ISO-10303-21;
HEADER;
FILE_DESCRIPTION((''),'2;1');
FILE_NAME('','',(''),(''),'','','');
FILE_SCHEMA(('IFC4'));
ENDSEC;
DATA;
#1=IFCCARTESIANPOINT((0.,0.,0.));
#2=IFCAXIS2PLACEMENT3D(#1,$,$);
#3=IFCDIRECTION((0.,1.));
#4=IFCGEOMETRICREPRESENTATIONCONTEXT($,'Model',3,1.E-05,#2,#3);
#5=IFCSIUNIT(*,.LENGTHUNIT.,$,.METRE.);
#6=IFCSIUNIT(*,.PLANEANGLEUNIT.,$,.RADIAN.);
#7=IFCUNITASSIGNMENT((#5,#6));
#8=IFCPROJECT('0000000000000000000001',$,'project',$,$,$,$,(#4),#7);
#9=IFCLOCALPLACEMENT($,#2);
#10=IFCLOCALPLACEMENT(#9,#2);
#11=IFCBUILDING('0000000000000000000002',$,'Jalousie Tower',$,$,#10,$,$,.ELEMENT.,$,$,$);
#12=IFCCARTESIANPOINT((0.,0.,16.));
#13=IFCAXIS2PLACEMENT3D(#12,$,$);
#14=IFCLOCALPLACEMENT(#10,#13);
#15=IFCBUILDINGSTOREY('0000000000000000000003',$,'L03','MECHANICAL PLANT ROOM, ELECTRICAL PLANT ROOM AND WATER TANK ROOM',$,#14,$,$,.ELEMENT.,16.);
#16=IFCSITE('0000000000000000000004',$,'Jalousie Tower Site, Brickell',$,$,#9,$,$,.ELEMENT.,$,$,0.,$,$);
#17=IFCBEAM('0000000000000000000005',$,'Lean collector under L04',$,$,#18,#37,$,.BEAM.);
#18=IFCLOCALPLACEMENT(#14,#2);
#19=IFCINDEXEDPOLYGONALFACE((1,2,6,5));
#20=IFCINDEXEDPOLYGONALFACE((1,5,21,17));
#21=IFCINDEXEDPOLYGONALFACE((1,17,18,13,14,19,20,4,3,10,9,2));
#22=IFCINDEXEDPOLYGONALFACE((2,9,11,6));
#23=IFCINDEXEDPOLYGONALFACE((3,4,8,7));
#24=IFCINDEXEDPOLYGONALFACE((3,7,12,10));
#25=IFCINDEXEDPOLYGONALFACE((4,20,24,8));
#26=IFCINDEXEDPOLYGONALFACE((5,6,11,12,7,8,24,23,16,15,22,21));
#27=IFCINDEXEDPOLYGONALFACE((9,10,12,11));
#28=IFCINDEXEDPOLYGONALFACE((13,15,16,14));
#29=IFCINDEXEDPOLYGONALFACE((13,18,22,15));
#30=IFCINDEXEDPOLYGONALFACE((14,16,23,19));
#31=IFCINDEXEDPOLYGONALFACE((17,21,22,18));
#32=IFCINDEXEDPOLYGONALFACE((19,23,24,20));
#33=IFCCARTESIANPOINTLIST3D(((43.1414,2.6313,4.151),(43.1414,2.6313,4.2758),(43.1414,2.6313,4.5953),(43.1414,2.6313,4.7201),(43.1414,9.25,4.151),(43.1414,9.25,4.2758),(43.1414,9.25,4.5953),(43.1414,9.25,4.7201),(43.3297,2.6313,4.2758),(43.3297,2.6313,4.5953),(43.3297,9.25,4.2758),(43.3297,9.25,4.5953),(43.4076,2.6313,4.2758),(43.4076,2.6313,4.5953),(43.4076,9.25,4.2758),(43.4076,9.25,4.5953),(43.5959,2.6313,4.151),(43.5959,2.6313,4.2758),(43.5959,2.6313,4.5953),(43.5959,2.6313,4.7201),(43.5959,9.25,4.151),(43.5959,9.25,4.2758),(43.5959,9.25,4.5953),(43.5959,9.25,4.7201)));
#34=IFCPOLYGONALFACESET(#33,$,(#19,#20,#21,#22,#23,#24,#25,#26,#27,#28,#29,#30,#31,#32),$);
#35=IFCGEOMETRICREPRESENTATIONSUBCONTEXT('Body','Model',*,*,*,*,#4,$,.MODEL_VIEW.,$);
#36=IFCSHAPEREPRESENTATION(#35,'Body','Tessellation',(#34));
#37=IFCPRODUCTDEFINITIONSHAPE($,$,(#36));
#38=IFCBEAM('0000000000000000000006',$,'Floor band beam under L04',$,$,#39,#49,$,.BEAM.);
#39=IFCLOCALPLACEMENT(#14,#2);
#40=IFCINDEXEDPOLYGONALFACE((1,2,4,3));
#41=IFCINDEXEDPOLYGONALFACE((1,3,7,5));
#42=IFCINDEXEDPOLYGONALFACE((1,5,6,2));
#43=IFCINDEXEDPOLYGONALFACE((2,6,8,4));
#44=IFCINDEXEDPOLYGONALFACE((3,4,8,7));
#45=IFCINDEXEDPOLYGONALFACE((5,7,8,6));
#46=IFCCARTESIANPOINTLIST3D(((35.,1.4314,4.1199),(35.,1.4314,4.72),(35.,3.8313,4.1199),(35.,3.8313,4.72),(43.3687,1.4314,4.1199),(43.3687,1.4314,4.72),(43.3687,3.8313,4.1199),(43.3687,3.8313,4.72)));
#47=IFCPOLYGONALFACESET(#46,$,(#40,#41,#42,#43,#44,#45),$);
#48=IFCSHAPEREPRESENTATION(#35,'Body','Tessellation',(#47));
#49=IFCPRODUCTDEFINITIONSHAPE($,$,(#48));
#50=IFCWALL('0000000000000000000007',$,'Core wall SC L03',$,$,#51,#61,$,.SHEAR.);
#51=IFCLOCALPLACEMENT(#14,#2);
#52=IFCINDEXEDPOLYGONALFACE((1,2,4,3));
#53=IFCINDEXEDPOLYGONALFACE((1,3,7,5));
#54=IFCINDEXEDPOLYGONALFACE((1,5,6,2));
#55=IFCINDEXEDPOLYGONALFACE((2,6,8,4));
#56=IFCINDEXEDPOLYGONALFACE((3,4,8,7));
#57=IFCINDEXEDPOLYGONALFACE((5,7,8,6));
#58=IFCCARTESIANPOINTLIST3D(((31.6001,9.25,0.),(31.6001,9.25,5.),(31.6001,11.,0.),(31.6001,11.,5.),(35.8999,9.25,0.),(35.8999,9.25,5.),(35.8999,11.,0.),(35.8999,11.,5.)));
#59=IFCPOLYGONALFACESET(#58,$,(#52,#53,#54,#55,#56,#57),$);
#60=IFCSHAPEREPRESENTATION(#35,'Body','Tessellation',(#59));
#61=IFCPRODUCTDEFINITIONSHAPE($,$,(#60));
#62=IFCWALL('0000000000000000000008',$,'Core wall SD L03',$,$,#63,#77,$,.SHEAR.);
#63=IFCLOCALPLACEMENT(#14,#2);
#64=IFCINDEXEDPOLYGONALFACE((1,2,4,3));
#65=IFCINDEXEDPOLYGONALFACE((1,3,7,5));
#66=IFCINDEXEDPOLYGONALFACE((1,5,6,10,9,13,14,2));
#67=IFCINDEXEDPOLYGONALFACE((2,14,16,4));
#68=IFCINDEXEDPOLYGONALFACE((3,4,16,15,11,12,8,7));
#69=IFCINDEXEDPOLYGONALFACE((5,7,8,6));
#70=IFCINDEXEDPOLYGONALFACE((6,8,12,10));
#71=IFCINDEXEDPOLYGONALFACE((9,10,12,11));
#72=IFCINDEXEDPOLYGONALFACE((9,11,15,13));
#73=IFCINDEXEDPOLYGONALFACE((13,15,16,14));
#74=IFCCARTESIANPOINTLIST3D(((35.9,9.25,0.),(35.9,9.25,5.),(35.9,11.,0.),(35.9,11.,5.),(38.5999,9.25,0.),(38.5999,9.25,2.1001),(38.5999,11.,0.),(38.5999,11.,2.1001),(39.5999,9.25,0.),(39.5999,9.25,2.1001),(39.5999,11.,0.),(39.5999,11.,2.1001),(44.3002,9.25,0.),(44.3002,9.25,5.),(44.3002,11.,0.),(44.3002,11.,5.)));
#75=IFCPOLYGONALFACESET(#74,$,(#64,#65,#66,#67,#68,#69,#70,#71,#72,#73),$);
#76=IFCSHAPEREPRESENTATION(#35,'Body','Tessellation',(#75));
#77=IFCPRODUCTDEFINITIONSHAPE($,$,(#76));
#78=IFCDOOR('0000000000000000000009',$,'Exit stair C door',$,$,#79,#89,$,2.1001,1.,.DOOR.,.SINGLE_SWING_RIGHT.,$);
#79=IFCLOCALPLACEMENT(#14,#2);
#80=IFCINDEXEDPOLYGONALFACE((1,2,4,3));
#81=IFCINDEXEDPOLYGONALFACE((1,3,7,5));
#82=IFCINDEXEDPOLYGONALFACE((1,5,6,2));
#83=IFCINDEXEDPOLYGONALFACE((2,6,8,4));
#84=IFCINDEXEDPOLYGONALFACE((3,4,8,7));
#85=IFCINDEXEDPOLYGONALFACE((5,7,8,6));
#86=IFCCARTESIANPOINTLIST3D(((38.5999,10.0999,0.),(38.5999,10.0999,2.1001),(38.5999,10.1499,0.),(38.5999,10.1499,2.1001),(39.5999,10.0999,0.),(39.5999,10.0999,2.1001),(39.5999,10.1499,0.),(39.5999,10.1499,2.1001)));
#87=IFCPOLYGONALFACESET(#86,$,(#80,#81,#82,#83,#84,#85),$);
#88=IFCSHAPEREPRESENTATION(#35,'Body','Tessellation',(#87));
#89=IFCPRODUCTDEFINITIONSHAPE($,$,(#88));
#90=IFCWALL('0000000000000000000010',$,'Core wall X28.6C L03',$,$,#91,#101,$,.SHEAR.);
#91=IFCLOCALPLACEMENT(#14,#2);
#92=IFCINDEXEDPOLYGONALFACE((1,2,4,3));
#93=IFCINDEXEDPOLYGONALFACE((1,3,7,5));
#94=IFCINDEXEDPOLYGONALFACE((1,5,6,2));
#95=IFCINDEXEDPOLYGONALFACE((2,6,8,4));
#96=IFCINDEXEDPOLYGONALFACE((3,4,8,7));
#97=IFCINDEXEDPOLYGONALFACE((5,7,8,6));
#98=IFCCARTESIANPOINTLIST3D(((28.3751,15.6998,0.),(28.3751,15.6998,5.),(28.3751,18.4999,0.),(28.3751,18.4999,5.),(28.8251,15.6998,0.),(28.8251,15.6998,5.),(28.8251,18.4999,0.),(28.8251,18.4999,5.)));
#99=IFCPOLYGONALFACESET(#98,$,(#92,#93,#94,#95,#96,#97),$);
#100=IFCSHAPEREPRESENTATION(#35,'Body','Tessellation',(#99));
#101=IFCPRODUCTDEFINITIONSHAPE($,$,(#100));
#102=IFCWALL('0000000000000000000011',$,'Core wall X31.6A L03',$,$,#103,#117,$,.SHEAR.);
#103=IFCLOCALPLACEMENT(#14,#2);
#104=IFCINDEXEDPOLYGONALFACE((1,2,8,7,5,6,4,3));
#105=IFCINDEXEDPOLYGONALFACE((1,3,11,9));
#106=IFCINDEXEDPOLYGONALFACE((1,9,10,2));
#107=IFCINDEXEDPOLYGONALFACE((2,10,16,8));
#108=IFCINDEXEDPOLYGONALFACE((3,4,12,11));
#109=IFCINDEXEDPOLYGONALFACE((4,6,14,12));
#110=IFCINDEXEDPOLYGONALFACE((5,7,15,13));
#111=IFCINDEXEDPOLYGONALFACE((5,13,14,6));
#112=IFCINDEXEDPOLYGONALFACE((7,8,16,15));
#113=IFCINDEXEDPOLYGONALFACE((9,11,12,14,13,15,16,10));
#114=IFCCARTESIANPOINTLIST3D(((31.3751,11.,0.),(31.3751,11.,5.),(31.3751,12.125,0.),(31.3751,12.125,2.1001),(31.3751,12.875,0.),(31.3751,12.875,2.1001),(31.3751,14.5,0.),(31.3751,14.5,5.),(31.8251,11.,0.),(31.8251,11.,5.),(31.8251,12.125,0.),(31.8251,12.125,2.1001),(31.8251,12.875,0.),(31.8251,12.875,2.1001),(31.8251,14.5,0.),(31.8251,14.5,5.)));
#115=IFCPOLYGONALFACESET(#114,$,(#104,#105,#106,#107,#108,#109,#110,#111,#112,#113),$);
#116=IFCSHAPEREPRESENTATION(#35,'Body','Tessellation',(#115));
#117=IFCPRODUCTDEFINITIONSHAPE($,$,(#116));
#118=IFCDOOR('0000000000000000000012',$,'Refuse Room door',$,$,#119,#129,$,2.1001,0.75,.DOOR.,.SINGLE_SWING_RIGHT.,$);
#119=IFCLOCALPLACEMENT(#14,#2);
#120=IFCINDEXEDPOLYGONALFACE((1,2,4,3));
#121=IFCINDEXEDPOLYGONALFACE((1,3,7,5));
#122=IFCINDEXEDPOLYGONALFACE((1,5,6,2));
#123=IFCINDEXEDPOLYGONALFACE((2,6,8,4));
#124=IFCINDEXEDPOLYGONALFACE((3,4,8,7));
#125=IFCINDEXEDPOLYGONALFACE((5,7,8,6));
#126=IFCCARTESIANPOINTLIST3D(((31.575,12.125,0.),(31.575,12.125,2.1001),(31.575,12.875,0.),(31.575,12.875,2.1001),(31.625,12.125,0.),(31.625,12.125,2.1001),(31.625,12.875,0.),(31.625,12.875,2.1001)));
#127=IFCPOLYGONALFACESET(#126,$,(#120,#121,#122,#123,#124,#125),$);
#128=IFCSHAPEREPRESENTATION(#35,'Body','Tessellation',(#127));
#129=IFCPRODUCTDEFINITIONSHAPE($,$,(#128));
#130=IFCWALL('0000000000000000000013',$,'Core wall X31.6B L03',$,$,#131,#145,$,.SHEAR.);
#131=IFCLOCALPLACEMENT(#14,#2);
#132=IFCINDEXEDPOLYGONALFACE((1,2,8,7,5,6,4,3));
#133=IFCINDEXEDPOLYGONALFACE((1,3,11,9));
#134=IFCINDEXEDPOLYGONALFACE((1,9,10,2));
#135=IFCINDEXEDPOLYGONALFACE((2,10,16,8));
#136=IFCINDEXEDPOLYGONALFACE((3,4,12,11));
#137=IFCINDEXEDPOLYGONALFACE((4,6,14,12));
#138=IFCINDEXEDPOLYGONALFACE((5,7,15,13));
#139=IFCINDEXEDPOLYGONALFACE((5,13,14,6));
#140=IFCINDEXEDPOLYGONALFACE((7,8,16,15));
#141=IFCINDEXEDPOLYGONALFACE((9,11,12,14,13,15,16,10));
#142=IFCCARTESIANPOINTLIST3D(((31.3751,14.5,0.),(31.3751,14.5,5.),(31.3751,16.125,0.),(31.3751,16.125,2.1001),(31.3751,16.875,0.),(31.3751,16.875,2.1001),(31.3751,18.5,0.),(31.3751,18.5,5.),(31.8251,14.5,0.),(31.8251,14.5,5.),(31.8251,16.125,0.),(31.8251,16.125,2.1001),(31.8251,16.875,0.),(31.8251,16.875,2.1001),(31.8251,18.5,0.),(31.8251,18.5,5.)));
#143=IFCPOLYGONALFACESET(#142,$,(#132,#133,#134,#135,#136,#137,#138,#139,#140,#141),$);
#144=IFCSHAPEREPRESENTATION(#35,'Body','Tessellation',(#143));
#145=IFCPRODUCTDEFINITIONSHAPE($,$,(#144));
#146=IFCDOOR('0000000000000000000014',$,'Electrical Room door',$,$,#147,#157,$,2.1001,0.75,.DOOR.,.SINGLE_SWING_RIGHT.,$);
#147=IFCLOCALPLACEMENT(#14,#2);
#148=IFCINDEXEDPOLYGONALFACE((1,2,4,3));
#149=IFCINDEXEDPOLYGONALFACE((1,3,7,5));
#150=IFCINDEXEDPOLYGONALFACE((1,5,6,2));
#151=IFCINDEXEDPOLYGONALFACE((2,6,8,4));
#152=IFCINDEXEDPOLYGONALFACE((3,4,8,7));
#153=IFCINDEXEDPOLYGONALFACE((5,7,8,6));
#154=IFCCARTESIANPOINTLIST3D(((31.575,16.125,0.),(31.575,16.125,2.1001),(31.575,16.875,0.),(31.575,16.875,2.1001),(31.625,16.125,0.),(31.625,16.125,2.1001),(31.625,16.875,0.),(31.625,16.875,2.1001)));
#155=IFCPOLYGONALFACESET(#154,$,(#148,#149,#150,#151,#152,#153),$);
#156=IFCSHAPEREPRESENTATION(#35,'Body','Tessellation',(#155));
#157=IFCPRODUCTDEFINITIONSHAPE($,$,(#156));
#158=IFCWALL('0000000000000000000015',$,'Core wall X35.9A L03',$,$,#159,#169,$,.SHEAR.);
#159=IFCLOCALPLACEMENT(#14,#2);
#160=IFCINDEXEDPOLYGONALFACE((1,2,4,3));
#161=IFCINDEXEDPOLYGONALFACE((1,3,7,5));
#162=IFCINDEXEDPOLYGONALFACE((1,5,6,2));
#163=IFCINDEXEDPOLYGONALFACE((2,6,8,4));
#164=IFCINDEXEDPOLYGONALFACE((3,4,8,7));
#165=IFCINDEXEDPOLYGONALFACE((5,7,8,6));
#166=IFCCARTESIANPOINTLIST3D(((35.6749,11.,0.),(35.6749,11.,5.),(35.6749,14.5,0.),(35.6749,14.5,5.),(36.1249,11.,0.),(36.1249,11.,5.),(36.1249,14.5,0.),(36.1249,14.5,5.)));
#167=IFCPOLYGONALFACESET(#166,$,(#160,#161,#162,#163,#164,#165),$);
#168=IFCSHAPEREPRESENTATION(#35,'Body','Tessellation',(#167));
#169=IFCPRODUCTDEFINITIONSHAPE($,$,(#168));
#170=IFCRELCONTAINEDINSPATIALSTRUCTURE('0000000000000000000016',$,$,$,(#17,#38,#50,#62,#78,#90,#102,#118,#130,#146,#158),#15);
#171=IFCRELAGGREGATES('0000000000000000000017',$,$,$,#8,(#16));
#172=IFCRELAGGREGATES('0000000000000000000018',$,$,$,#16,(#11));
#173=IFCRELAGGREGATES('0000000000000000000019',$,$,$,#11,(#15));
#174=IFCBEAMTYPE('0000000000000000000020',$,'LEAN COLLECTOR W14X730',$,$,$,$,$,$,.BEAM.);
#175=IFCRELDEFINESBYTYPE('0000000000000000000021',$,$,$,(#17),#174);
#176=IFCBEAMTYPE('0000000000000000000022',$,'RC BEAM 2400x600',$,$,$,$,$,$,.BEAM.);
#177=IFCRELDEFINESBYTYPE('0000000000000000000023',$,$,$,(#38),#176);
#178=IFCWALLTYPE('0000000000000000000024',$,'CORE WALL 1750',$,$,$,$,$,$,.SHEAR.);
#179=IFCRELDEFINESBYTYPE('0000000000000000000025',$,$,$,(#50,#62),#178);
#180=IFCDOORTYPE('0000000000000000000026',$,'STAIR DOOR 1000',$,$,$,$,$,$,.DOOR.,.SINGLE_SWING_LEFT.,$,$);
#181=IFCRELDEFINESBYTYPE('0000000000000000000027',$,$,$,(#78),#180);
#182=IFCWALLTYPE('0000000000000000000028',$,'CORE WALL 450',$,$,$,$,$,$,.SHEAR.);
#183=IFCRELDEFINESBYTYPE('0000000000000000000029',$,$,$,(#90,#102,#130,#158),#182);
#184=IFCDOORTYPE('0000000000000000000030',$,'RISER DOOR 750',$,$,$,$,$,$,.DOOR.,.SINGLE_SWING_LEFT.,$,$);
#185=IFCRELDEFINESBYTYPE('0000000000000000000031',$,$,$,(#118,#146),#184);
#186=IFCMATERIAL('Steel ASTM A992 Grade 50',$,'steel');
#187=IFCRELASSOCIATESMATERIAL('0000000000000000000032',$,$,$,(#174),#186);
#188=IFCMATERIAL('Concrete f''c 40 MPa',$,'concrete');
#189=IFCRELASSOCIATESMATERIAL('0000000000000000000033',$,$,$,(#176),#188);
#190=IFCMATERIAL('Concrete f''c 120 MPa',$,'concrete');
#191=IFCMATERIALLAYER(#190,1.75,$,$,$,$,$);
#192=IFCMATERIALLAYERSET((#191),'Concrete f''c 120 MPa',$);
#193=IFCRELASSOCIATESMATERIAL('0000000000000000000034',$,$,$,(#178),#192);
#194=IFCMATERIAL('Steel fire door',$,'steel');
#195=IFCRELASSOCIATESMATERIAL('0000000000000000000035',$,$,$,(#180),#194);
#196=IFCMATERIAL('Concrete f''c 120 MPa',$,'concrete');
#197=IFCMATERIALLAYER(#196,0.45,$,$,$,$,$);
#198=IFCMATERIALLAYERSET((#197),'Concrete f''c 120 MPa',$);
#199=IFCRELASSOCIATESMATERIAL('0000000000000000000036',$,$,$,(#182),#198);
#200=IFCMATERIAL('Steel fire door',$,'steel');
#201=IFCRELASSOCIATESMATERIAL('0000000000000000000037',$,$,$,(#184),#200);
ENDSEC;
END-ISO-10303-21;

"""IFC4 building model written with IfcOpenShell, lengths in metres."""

from ifc_helpers import new_model, si_unit, direction, frame, frame_2d, origin, origin_2d, place, context, subcontext, project, spatial, rectangle, i_section, extrude, material, layer, layer_set, material_profile, profile_set, type_object, element, fill, save


model = new_model("IFC4")

# Units and contexts
model_context = context("Model", 3, precision=1e-05, world=origin(), true_north=direction((0.0, 1.0)))
body_context = subcontext(model_context, "Body", "Model", "MODEL_VIEW")
ifc_project = project(units=[si_unit("LENGTHUNIT", "METRE"), si_unit("PLANEANGLEUNIT", "RADIAN")], contexts=[model_context])

# Site, building, storey
site_placement = place(None, origin())
site = spatial("IfcSite", under=ifc_project, at=site_placement, Name="Jalousie Tower Site, Brickell", CompositionType="ELEMENT", RefElevation=0.0)
building_placement = place(site_placement, origin())
building = spatial("IfcBuilding", under=site, at=building_placement, Name="Jalousie Tower", CompositionType="ELEMENT")
storey_placement = place(building_placement, frame((0.0, 0.0, 16.0)))
storey = spatial("IfcBuildingStorey", under=building, at=storey_placement, Name="L03", Description="MECHANICAL PLANT ROOM, ELECTRICAL PLANT ROOM AND WATER TANK ROOM", CompositionType="ELEMENT", Elevation=16.0)

# Beams
ifc_material_1 = material(Name="Steel ASTM A992 Grade 50", Category="steel")
ifc_material_profile_1 = material_profile(ifc_material_1, i_section(OverallWidth=0.4546, OverallDepth=0.5691, WebThickness=0.0779, FlangeThickness=0.1248, at=origin_2d()), Name="W14X730")
ifc_profile_set_1 = profile_set([ifc_material_profile_1], Name="Steel ASTM A992 Grade 50")
beam_type_1 = type_object("IfcBeamType", Name="LEAN COLLECTOR W14X730", PredefinedType="BEAM", material=ifc_profile_set_1)
beam_1_placement = place(storey_placement, frame((43.3687, 2.6313, 4.4355), z_axis=(0.0, 1.0, 0.0), x_axis=(-1.0, 0.0, 0.0)))
element("IfcBeam", 1, at=beam_1_placement, inside=storey, type_object=beam_type_1, Name="Lean collector under L04", PredefinedType="BEAM", context=body_context, shape_type="SweptSolid", body=[
    extrude(i_section(OverallWidth=0.4546, OverallDepth=0.5691, WebThickness=0.0779, FlangeThickness=0.1248, at=origin_2d()), origin(), (0.0, 0.0, 1.0), 6.6187),
])
ifc_material_2 = material(Name="Concrete f'c 40 MPa", Category="concrete")
ifc_material_profile_2 = material_profile(ifc_material_2, rectangle(XDim=2.3999, YDim=0.6001, at=origin_2d()), Name="RC 2400x600")
ifc_profile_set_2 = profile_set([ifc_material_profile_2], Name="Concrete f'c 40 MPa")
beam_type_2 = type_object("IfcBeamType", Name="RC BEAM 2400x600", PredefinedType="BEAM", material=ifc_profile_set_2)
beam_2_placement = place(storey_placement, frame((43.3687, 2.6313, 4.4199), z_axis=(-1.0, 0.0, 0.0), x_axis=(0.0, -1.0, 0.0)))
element("IfcBeam", 2, at=beam_2_placement, inside=storey, type_object=beam_type_2, Name="Floor band beam under L04", PredefinedType="BEAM", context=body_context, shape_type="SweptSolid", body=[
    extrude(rectangle(XDim=2.3999, YDim=0.6001, at=origin_2d()), origin(), (0.0, 0.0, 1.0), 8.3687),
])

# Wall
ifc_material_3 = material(Name="Concrete f'c 120 MPa", Category="concrete")
ifc_layer_1 = layer(ifc_material_3, 1.75)
ifc_layer_set_1 = layer_set([ifc_layer_1], Name="Concrete f'c 120 MPa")
wall_type_1 = type_object("IfcWallType", Name="CORE WALL 1750", PredefinedType="SHEAR", material=ifc_layer_set_1)
wall_1_placement = place(storey_placement, frame((31.6001, 10.125, 0.0), z_axis=(0.0, 0.0, 1.0), x_axis=(1.0, 0.0, 0.0)))
element("IfcWall", 3, at=wall_1_placement, inside=storey, type_object=wall_type_1, Name="Core wall SC L03", PredefinedType="SHEAR", context=body_context, shape_type="SweptSolid", body=[
    extrude(rectangle(XDim=4.2998, YDim=1.75, at=frame_2d((2.1499, 0.0))), origin(), (0.0, 0.0, 1.0), 5.0),
])

# Wall, opening, door
wall_2_placement = place(storey_placement, frame((35.8999, 10.125, 0.0), z_axis=(0.0, 0.0, 1.0), x_axis=(1.0, 0.0, 0.0)))
wall_2 = element("IfcWall", 4, at=wall_2_placement, inside=storey, type_object=wall_type_1, Name="Core wall SD L03", PredefinedType="SHEAR", context=body_context, shape_type="SweptSolid", body=[
    extrude(rectangle(XDim=8.4001, YDim=1.75, at=frame_2d((4.2002, 0.0))), origin(), (0.0, 0.0, 1.0), 5.0),
])
opening_1_placement = place(wall_2_placement, frame((2.7, 0.0, 0.0)))
opening_1 = element("IfcOpeningElement", 5, at=opening_1_placement, cuts=wall_2, PredefinedType="OPENING", context=body_context, shape_type="SweptSolid", body=[
    extrude(rectangle(XDim=1.0, YDim=2.1001, at=frame_2d((0.5, 1.05))), frame((0.0, 0.885, 0.0), z_axis=(0.0, -1.0, 0.0), x_axis=(1.0, 0.0, 0.0)), (0.0, 0.0, 1.0), 1.77),
])
ifc_material_4 = material(Name="Steel fire door", Category="steel")
door_type_1 = type_object("IfcDoorType", Name="STAIR DOOR 1000", OperationType="SINGLE_SWING_LEFT", PredefinedType="DOOR", material=ifc_material_4)
door_1_placement = place(opening_1_placement, origin())
door_1 = element("IfcDoor", 6, at=door_1_placement, inside=storey, type_object=door_type_1, Name="Exit stair C door", OperationType="SINGLE_SWING_RIGHT", OverallHeight=2.1001, OverallWidth=1.0, PredefinedType="DOOR", context=body_context, shape_type="SweptSolid", body=[
    extrude(rectangle(XDim=1.0, YDim=2.1001, at=frame_2d((0.5, 1.05))), frame((0.0, 0.0249, 0.0), z_axis=(0.0, -1.0, 0.0), x_axis=(1.0, 0.0, 0.0)), (0.0, 0.0, 1.0), 0.05),
])
fill(opening_1, door_1)

# Wall
ifc_material_5 = material(Name="Concrete f'c 120 MPa", Category="concrete")
ifc_layer_2 = layer(ifc_material_5, 0.45)
ifc_layer_set_2 = layer_set([ifc_layer_2], Name="Concrete f'c 120 MPa")
wall_type_2 = type_object("IfcWallType", Name="CORE WALL 450", PredefinedType="SHEAR", material=ifc_layer_set_2)
wall_3_placement = place(storey_placement, frame((28.6001, 15.7, 0.0), z_axis=(0.0, 0.0, 1.0), x_axis=(0.0, 1.0, 0.0)))
element("IfcWall", 7, at=wall_3_placement, inside=storey, type_object=wall_type_2, Name="Core wall X28.6C L03", PredefinedType="SHEAR", context=body_context, shape_type="SweptSolid", body=[
    extrude(rectangle(XDim=2.8, YDim=0.45, at=frame_2d((1.3999, 0.0))), origin(), (0.0, 0.0, 1.0), 5.0),
])

# Walls, openings, doors
wall_4_placement = place(storey_placement, frame((31.6001, 11.0, 0.0), z_axis=(0.0, 0.0, 1.0), x_axis=(0.0, 1.0, 0.0)))
wall_4 = element("IfcWall", 8, at=wall_4_placement, inside=storey, type_object=wall_type_2, Name="Core wall X31.6A L03", PredefinedType="SHEAR", context=body_context, shape_type="SweptSolid", body=[
    extrude(rectangle(XDim=3.5, YDim=0.45, at=frame_2d((1.75, 0.0))), origin(), (0.0, 0.0, 1.0), 5.0),
])
opening_2_placement = place(wall_4_placement, frame((1.125, 0.0, 0.0)))
opening_2 = element("IfcOpeningElement", 9, at=opening_2_placement, cuts=wall_4, PredefinedType="OPENING", context=body_context, shape_type="SweptSolid", body=[
    extrude(rectangle(XDim=0.75, YDim=2.1001, at=frame_2d((0.375, 1.05))), frame((0.0, 0.2349, 0.0), z_axis=(0.0, -1.0, 0.0), x_axis=(1.0, 0.0, 0.0)), (0.0, 0.0, 1.0), 0.47),
])
ifc_material_6 = material(Name="Steel fire door", Category="steel")
door_type_2 = type_object("IfcDoorType", Name="RISER DOOR 750", OperationType="SINGLE_SWING_LEFT", PredefinedType="DOOR", material=ifc_material_6)
door_2_placement = place(opening_2_placement, frame((0.75, 0.0, 0.0), z_axis=(0.0, 0.0, 1.0), x_axis=(-1.0, 0.0, 0.0)))
door_2 = element("IfcDoor", 10, at=door_2_placement, inside=storey, type_object=door_type_2, Name="Refuse Room door", OperationType="SINGLE_SWING_RIGHT", OverallHeight=2.1001, OverallWidth=0.75, PredefinedType="DOOR", context=body_context, shape_type="SweptSolid", body=[
    extrude(rectangle(XDim=0.75, YDim=2.1001, at=frame_2d((0.375, 1.05))), frame((0.0, 0.0249, 0.0), z_axis=(0.0, -1.0, 0.0), x_axis=(1.0, 0.0, 0.0)), (0.0, 0.0, 1.0), 0.05),
])
fill(opening_2, door_2)
wall_5_placement = place(storey_placement, frame((31.6001, 14.5, 0.0), z_axis=(0.0, 0.0, 1.0), x_axis=(0.0, 1.0, 0.0)))
wall_5 = element("IfcWall", 11, at=wall_5_placement, inside=storey, type_object=wall_type_2, Name="Core wall X31.6B L03", PredefinedType="SHEAR", context=body_context, shape_type="SweptSolid", body=[
    extrude(rectangle(XDim=4.0, YDim=0.45, at=frame_2d((2.0, 0.0))), origin(), (0.0, 0.0, 1.0), 5.0),
])
opening_3_placement = place(wall_5_placement, frame((1.625, 0.0, 0.0)))
opening_3 = element("IfcOpeningElement", 12, at=opening_3_placement, cuts=wall_5, PredefinedType="OPENING", context=body_context, shape_type="SweptSolid", body=[
    extrude(rectangle(XDim=0.75, YDim=2.1001, at=frame_2d((0.375, 1.05))), frame((0.0, 0.2349, 0.0), z_axis=(0.0, -1.0, 0.0), x_axis=(1.0, 0.0, 0.0)), (0.0, 0.0, 1.0), 0.47),
])
door_3_placement = place(opening_3_placement, frame((0.75, 0.0, 0.0), z_axis=(0.0, 0.0, 1.0), x_axis=(-1.0, 0.0, 0.0)))
door_3 = element("IfcDoor", 13, at=door_3_placement, inside=storey, type_object=door_type_2, Name="Electrical Room door", OperationType="SINGLE_SWING_RIGHT", OverallHeight=2.1001, OverallWidth=0.75, PredefinedType="DOOR", context=body_context, shape_type="SweptSolid", body=[
    extrude(rectangle(XDim=0.75, YDim=2.1001, at=frame_2d((0.375, 1.05))), frame((0.0, 0.0249, 0.0), z_axis=(0.0, -1.0, 0.0), x_axis=(1.0, 0.0, 0.0)), (0.0, 0.0, 1.0), 0.05),
])
fill(opening_3, door_3)

# Wall
wall_6_placement = place(storey_placement, frame((35.8999, 11.0, 0.0), z_axis=(0.0, 0.0, 1.0), x_axis=(0.0, 1.0, 0.0)))
element("IfcWall", 14, at=wall_6_placement, inside=storey, type_object=wall_type_2, Name="Core wall X35.9A L03", PredefinedType="SHEAR", context=body_context, shape_type="SweptSolid", body=[
    extrude(rectangle(XDim=3.5, YDim=0.45, at=frame_2d((1.75, 0.0))), origin(), (0.0, 0.0, 1.0), 5.0),
])

save(model, "model.ifc")
